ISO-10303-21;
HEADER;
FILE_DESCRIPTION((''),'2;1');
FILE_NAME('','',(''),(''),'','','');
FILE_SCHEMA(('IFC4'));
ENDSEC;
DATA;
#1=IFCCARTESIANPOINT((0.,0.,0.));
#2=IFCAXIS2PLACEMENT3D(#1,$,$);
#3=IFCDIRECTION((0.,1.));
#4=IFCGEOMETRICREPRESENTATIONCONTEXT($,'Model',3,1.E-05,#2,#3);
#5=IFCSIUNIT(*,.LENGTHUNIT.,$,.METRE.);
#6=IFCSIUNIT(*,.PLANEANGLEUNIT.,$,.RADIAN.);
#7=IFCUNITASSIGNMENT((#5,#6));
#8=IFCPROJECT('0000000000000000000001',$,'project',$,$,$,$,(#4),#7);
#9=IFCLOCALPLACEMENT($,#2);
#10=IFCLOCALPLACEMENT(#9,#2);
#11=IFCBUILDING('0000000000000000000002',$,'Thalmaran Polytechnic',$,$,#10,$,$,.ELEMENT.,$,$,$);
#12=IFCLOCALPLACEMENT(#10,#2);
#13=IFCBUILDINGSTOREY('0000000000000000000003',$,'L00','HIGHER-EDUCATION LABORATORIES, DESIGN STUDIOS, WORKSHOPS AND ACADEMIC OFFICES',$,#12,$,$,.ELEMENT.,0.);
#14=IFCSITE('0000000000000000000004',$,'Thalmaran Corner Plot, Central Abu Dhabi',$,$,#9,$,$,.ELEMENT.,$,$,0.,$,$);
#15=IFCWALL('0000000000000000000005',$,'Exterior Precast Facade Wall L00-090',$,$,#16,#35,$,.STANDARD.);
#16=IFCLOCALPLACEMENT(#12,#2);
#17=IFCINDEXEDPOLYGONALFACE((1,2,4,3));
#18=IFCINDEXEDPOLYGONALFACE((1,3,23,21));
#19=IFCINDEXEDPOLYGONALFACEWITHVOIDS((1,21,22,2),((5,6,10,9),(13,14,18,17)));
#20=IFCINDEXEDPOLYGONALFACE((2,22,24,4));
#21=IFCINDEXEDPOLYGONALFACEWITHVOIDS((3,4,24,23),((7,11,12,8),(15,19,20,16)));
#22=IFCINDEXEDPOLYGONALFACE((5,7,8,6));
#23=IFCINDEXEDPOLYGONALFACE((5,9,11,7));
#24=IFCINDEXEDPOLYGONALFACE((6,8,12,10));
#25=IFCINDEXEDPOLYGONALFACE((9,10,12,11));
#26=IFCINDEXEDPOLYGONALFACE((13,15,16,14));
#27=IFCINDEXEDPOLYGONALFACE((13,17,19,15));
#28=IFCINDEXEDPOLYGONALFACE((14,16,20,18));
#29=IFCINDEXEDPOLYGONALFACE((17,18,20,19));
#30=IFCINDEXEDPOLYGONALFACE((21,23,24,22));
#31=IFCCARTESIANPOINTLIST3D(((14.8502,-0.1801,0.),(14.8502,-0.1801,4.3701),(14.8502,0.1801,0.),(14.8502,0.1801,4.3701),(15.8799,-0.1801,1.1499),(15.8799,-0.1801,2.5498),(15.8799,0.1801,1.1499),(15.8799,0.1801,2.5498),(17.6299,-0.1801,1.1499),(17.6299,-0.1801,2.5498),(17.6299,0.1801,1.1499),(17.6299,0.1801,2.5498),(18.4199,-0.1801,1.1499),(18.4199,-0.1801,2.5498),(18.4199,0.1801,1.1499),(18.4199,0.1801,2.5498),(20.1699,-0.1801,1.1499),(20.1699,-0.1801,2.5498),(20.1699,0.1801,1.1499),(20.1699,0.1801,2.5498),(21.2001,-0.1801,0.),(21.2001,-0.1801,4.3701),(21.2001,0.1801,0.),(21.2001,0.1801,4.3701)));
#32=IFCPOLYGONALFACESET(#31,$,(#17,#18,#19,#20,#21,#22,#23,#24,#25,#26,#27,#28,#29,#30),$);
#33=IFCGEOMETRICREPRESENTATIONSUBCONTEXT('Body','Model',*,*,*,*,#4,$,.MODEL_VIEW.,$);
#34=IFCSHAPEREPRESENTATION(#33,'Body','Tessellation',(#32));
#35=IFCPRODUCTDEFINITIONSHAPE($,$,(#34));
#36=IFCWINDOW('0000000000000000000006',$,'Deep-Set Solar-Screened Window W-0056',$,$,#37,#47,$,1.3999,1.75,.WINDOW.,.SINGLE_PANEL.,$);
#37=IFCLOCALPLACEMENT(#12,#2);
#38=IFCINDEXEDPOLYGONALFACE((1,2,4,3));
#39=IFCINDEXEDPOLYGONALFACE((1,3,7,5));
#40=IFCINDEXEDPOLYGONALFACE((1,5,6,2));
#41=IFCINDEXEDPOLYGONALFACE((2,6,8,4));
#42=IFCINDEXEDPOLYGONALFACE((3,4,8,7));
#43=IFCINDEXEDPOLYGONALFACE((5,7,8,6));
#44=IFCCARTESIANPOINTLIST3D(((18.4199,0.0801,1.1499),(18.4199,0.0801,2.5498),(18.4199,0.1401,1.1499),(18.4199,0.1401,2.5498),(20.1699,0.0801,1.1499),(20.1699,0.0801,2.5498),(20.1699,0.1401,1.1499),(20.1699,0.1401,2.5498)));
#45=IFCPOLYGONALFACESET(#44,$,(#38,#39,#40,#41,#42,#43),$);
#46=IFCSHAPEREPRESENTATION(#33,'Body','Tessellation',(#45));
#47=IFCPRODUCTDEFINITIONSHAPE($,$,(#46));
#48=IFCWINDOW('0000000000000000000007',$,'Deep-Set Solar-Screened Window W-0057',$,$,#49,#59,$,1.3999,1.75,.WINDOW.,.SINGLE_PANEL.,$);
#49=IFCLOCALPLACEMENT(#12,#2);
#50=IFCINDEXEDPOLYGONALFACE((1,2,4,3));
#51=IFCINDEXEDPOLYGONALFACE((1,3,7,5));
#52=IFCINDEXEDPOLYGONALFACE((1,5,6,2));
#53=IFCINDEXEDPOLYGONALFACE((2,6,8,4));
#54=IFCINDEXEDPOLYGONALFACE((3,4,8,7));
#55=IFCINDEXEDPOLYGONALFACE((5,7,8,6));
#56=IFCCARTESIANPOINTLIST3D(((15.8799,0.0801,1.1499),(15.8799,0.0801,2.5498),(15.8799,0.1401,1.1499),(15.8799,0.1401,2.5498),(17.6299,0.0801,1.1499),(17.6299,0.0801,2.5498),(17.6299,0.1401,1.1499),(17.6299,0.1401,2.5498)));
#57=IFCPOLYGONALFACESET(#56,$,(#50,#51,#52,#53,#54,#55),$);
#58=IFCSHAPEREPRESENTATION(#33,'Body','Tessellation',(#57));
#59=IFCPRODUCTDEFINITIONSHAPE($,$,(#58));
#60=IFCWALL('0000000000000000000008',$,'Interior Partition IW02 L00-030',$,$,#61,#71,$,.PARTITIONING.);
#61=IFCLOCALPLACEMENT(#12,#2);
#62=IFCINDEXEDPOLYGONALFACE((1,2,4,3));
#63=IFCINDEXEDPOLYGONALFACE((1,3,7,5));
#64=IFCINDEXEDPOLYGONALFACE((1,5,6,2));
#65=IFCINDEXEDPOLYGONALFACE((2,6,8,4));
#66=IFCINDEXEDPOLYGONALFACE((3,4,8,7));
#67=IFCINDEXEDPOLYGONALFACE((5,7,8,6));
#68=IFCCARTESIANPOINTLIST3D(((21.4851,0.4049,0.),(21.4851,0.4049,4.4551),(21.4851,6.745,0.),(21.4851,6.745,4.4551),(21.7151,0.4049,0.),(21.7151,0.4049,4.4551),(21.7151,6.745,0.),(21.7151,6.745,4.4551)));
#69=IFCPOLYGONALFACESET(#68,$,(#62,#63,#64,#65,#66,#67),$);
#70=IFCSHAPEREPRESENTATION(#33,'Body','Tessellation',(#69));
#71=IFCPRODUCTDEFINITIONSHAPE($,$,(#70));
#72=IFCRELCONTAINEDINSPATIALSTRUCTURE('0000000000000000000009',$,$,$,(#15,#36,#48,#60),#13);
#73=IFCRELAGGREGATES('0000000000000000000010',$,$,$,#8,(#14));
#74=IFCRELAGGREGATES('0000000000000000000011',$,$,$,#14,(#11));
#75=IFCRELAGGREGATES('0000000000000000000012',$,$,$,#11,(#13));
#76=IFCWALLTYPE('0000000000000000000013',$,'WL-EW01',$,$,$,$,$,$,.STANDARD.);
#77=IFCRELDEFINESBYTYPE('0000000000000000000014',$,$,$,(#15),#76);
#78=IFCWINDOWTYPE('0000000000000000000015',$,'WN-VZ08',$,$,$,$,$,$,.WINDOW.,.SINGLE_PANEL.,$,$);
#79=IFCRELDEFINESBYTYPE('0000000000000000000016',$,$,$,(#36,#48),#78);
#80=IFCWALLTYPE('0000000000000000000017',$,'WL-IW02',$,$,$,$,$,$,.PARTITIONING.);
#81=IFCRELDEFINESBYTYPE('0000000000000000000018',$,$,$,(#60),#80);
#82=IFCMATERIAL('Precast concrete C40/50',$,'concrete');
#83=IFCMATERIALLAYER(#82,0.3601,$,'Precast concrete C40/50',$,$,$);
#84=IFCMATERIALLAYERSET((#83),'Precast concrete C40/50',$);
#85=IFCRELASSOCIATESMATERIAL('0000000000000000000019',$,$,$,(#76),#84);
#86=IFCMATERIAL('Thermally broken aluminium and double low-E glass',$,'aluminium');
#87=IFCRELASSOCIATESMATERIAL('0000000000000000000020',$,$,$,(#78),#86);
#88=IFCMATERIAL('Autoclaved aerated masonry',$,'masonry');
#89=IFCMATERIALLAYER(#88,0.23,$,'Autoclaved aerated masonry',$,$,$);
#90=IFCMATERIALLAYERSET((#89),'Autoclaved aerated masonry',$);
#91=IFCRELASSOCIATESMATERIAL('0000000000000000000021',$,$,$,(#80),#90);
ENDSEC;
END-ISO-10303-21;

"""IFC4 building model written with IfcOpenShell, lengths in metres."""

from ifc_helpers import new_model, si_unit, direction, frame, frame_2d, origin, place, context, subcontext, project, spatial, rectangle, extrude, material, layer, layer_set, type_object, element, fill, save


model = new_model("IFC4")

# Units and contexts
model_context = context("Model", 3, precision=1e-05, world=origin(), true_north=direction((0.0, 1.0)))
body_context = subcontext(model_context, "Body", "Model", "MODEL_VIEW")
ifc_project = project(units=[si_unit("LENGTHUNIT", "METRE"), si_unit("PLANEANGLEUNIT", "RADIAN")], contexts=[model_context])

# Site, building, storey
site_placement = place(None, origin())
site = spatial("IfcSite", under=ifc_project, at=site_placement, Name="Thalmaran Corner Plot, Central Abu Dhabi", CompositionType="ELEMENT", RefElevation=0.0)
building_placement = place(site_placement, origin())
building = spatial("IfcBuilding", under=site, at=building_placement, Name="Thalmaran Polytechnic", CompositionType="ELEMENT")
storey_placement = place(building_placement, origin())
storey = spatial("IfcBuildingStorey", under=building, at=storey_placement, Name="L00", Description="HIGHER-EDUCATION LABORATORIES, DESIGN STUDIOS, WORKSHOPS AND ACADEMIC OFFICES", CompositionType="ELEMENT", Elevation=0.0)

# Shared definitions
ifc_material_1 = material(Name="Precast concrete C40/50", Category="concrete")
ifc_layer_1 = layer(ifc_material_1, 0.3601, Name="Precast concrete C40/50")
ifc_layer_set_1 = layer_set([ifc_layer_1], Name="Precast concrete C40/50")
wall_type_1 = type_object("IfcWallType", Name="WL-EW01", PredefinedType="STANDARD", material=ifc_layer_set_1)

# Wall, openings, windows
wall_1_placement = place(storey_placement, frame((21.2, 0.0, 0.0), z_axis=(0.0, 0.0, 1.0), x_axis=(-1.0, 0.0, 0.0)))
wall_1 = element("IfcWall", 1, at=wall_1_placement, inside=storey, type_object=wall_type_1, Name="Exterior Precast Facade Wall L00-090", PredefinedType="STANDARD", context=body_context, shape_type="SweptSolid", body=[
    extrude(rectangle(XDim=6.3499, YDim=0.3601, at=frame_2d((3.1748, 0.0))), origin(), (0.0, 0.0, 1.0), 4.3701),
])
opening_1_placement = place(wall_1_placement, frame((1.03, 0.0, 1.1499)))
opening_1 = element("IfcOpeningElement", 2, at=opening_1_placement, cuts=wall_1, PredefinedType="OPENING", context=body_context, shape_type="SweptSolid", body=[
    extrude(rectangle(XDim=1.75, YDim=1.3999, at=frame_2d((0.875, 0.7))), frame((0.0, 0.1899, 0.0), z_axis=(0.0, -1.0, 0.0), x_axis=(1.0, 0.0, 0.0)), (0.0, 0.0, 1.0), 0.3801),
])
opening_2_placement = place(wall_1_placement, frame((3.5701, 0.0, 1.1499)))
opening_2 = element("IfcOpeningElement", 3, at=opening_2_placement, cuts=wall_1, PredefinedType="OPENING", context=body_context, shape_type="SweptSolid", body=[
    extrude(rectangle(XDim=1.75, YDim=1.3999, at=frame_2d((0.875, 0.7))), frame((0.0, 0.1899, 0.0), z_axis=(0.0, -1.0, 0.0), x_axis=(1.0, 0.0, 0.0)), (0.0, 0.0, 1.0), 0.3801),
])
ifc_material_2 = material(Name="Thermally broken aluminium and double low-E glass", Category="aluminium")
window_type = type_object("IfcWindowType", Name="WN-VZ08", PartitioningType="SINGLE_PANEL", PredefinedType="WINDOW", material=ifc_material_2)
window_1_placement = place(opening_1_placement, origin())
window_1 = element("IfcWindow", 4, at=window_1_placement, inside=storey, type_object=window_type, Name="Deep-Set Solar-Screened Window W-0056", OverallHeight=1.3999, OverallWidth=1.75, PartitioningType="SINGLE_PANEL", PredefinedType="WINDOW", context=body_context, shape_type="SweptSolid", body=[
    extrude(rectangle(XDim=1.75, YDim=1.3999, at=frame_2d((0.875, 0.7))), frame((0.0, -0.0801, 0.0), z_axis=(0.0, -1.0, 0.0), x_axis=(1.0, 0.0, 0.0)), (0.0, 0.0, 1.0), 0.0601),
])
fill(opening_1, window_1)
window_2_placement = place(opening_2_placement, origin())
window_2 = element("IfcWindow", 5, at=window_2_placement, inside=storey, type_object=window_type, Name="Deep-Set Solar-Screened Window W-0057", OverallHeight=1.3999, OverallWidth=1.75, PartitioningType="SINGLE_PANEL", PredefinedType="WINDOW", context=body_context, shape_type="SweptSolid", body=[
    extrude(rectangle(XDim=1.75, YDim=1.3999, at=frame_2d((0.875, 0.7))), frame((0.0, -0.0801, 0.0), z_axis=(0.0, -1.0, 0.0), x_axis=(1.0, 0.0, 0.0)), (0.0, 0.0, 1.0), 0.0601),
])
fill(opening_2, window_2)

# Wall
ifc_material_3 = material(Name="Autoclaved aerated masonry", Category="masonry")
ifc_layer_2 = layer(ifc_material_3, 0.23, Name="Autoclaved aerated masonry")
ifc_layer_set_2 = layer_set([ifc_layer_2], Name="Autoclaved aerated masonry")
wall_type_2 = type_object("IfcWallType", Name="WL-IW02", PredefinedType="PARTITIONING", material=ifc_layer_set_2)
wall_2_placement = place(storey_placement, frame((21.6001, 0.405, 0.0), z_axis=(0.0, 0.0, 1.0), x_axis=(0.0, 1.0, 0.0)))
element("IfcWall", 6, at=wall_2_placement, inside=storey, type_object=wall_type_2, Name="Interior Partition IW02 L00-030", PredefinedType="PARTITIONING", context=body_context, shape_type="SweptSolid", body=[
    extrude(rectangle(XDim=6.3401, YDim=0.23, at=frame_2d((3.1699, 0.0))), origin(), (0.0, 0.0, 1.0), 4.4551),
])

save(model, "model.ifc")
